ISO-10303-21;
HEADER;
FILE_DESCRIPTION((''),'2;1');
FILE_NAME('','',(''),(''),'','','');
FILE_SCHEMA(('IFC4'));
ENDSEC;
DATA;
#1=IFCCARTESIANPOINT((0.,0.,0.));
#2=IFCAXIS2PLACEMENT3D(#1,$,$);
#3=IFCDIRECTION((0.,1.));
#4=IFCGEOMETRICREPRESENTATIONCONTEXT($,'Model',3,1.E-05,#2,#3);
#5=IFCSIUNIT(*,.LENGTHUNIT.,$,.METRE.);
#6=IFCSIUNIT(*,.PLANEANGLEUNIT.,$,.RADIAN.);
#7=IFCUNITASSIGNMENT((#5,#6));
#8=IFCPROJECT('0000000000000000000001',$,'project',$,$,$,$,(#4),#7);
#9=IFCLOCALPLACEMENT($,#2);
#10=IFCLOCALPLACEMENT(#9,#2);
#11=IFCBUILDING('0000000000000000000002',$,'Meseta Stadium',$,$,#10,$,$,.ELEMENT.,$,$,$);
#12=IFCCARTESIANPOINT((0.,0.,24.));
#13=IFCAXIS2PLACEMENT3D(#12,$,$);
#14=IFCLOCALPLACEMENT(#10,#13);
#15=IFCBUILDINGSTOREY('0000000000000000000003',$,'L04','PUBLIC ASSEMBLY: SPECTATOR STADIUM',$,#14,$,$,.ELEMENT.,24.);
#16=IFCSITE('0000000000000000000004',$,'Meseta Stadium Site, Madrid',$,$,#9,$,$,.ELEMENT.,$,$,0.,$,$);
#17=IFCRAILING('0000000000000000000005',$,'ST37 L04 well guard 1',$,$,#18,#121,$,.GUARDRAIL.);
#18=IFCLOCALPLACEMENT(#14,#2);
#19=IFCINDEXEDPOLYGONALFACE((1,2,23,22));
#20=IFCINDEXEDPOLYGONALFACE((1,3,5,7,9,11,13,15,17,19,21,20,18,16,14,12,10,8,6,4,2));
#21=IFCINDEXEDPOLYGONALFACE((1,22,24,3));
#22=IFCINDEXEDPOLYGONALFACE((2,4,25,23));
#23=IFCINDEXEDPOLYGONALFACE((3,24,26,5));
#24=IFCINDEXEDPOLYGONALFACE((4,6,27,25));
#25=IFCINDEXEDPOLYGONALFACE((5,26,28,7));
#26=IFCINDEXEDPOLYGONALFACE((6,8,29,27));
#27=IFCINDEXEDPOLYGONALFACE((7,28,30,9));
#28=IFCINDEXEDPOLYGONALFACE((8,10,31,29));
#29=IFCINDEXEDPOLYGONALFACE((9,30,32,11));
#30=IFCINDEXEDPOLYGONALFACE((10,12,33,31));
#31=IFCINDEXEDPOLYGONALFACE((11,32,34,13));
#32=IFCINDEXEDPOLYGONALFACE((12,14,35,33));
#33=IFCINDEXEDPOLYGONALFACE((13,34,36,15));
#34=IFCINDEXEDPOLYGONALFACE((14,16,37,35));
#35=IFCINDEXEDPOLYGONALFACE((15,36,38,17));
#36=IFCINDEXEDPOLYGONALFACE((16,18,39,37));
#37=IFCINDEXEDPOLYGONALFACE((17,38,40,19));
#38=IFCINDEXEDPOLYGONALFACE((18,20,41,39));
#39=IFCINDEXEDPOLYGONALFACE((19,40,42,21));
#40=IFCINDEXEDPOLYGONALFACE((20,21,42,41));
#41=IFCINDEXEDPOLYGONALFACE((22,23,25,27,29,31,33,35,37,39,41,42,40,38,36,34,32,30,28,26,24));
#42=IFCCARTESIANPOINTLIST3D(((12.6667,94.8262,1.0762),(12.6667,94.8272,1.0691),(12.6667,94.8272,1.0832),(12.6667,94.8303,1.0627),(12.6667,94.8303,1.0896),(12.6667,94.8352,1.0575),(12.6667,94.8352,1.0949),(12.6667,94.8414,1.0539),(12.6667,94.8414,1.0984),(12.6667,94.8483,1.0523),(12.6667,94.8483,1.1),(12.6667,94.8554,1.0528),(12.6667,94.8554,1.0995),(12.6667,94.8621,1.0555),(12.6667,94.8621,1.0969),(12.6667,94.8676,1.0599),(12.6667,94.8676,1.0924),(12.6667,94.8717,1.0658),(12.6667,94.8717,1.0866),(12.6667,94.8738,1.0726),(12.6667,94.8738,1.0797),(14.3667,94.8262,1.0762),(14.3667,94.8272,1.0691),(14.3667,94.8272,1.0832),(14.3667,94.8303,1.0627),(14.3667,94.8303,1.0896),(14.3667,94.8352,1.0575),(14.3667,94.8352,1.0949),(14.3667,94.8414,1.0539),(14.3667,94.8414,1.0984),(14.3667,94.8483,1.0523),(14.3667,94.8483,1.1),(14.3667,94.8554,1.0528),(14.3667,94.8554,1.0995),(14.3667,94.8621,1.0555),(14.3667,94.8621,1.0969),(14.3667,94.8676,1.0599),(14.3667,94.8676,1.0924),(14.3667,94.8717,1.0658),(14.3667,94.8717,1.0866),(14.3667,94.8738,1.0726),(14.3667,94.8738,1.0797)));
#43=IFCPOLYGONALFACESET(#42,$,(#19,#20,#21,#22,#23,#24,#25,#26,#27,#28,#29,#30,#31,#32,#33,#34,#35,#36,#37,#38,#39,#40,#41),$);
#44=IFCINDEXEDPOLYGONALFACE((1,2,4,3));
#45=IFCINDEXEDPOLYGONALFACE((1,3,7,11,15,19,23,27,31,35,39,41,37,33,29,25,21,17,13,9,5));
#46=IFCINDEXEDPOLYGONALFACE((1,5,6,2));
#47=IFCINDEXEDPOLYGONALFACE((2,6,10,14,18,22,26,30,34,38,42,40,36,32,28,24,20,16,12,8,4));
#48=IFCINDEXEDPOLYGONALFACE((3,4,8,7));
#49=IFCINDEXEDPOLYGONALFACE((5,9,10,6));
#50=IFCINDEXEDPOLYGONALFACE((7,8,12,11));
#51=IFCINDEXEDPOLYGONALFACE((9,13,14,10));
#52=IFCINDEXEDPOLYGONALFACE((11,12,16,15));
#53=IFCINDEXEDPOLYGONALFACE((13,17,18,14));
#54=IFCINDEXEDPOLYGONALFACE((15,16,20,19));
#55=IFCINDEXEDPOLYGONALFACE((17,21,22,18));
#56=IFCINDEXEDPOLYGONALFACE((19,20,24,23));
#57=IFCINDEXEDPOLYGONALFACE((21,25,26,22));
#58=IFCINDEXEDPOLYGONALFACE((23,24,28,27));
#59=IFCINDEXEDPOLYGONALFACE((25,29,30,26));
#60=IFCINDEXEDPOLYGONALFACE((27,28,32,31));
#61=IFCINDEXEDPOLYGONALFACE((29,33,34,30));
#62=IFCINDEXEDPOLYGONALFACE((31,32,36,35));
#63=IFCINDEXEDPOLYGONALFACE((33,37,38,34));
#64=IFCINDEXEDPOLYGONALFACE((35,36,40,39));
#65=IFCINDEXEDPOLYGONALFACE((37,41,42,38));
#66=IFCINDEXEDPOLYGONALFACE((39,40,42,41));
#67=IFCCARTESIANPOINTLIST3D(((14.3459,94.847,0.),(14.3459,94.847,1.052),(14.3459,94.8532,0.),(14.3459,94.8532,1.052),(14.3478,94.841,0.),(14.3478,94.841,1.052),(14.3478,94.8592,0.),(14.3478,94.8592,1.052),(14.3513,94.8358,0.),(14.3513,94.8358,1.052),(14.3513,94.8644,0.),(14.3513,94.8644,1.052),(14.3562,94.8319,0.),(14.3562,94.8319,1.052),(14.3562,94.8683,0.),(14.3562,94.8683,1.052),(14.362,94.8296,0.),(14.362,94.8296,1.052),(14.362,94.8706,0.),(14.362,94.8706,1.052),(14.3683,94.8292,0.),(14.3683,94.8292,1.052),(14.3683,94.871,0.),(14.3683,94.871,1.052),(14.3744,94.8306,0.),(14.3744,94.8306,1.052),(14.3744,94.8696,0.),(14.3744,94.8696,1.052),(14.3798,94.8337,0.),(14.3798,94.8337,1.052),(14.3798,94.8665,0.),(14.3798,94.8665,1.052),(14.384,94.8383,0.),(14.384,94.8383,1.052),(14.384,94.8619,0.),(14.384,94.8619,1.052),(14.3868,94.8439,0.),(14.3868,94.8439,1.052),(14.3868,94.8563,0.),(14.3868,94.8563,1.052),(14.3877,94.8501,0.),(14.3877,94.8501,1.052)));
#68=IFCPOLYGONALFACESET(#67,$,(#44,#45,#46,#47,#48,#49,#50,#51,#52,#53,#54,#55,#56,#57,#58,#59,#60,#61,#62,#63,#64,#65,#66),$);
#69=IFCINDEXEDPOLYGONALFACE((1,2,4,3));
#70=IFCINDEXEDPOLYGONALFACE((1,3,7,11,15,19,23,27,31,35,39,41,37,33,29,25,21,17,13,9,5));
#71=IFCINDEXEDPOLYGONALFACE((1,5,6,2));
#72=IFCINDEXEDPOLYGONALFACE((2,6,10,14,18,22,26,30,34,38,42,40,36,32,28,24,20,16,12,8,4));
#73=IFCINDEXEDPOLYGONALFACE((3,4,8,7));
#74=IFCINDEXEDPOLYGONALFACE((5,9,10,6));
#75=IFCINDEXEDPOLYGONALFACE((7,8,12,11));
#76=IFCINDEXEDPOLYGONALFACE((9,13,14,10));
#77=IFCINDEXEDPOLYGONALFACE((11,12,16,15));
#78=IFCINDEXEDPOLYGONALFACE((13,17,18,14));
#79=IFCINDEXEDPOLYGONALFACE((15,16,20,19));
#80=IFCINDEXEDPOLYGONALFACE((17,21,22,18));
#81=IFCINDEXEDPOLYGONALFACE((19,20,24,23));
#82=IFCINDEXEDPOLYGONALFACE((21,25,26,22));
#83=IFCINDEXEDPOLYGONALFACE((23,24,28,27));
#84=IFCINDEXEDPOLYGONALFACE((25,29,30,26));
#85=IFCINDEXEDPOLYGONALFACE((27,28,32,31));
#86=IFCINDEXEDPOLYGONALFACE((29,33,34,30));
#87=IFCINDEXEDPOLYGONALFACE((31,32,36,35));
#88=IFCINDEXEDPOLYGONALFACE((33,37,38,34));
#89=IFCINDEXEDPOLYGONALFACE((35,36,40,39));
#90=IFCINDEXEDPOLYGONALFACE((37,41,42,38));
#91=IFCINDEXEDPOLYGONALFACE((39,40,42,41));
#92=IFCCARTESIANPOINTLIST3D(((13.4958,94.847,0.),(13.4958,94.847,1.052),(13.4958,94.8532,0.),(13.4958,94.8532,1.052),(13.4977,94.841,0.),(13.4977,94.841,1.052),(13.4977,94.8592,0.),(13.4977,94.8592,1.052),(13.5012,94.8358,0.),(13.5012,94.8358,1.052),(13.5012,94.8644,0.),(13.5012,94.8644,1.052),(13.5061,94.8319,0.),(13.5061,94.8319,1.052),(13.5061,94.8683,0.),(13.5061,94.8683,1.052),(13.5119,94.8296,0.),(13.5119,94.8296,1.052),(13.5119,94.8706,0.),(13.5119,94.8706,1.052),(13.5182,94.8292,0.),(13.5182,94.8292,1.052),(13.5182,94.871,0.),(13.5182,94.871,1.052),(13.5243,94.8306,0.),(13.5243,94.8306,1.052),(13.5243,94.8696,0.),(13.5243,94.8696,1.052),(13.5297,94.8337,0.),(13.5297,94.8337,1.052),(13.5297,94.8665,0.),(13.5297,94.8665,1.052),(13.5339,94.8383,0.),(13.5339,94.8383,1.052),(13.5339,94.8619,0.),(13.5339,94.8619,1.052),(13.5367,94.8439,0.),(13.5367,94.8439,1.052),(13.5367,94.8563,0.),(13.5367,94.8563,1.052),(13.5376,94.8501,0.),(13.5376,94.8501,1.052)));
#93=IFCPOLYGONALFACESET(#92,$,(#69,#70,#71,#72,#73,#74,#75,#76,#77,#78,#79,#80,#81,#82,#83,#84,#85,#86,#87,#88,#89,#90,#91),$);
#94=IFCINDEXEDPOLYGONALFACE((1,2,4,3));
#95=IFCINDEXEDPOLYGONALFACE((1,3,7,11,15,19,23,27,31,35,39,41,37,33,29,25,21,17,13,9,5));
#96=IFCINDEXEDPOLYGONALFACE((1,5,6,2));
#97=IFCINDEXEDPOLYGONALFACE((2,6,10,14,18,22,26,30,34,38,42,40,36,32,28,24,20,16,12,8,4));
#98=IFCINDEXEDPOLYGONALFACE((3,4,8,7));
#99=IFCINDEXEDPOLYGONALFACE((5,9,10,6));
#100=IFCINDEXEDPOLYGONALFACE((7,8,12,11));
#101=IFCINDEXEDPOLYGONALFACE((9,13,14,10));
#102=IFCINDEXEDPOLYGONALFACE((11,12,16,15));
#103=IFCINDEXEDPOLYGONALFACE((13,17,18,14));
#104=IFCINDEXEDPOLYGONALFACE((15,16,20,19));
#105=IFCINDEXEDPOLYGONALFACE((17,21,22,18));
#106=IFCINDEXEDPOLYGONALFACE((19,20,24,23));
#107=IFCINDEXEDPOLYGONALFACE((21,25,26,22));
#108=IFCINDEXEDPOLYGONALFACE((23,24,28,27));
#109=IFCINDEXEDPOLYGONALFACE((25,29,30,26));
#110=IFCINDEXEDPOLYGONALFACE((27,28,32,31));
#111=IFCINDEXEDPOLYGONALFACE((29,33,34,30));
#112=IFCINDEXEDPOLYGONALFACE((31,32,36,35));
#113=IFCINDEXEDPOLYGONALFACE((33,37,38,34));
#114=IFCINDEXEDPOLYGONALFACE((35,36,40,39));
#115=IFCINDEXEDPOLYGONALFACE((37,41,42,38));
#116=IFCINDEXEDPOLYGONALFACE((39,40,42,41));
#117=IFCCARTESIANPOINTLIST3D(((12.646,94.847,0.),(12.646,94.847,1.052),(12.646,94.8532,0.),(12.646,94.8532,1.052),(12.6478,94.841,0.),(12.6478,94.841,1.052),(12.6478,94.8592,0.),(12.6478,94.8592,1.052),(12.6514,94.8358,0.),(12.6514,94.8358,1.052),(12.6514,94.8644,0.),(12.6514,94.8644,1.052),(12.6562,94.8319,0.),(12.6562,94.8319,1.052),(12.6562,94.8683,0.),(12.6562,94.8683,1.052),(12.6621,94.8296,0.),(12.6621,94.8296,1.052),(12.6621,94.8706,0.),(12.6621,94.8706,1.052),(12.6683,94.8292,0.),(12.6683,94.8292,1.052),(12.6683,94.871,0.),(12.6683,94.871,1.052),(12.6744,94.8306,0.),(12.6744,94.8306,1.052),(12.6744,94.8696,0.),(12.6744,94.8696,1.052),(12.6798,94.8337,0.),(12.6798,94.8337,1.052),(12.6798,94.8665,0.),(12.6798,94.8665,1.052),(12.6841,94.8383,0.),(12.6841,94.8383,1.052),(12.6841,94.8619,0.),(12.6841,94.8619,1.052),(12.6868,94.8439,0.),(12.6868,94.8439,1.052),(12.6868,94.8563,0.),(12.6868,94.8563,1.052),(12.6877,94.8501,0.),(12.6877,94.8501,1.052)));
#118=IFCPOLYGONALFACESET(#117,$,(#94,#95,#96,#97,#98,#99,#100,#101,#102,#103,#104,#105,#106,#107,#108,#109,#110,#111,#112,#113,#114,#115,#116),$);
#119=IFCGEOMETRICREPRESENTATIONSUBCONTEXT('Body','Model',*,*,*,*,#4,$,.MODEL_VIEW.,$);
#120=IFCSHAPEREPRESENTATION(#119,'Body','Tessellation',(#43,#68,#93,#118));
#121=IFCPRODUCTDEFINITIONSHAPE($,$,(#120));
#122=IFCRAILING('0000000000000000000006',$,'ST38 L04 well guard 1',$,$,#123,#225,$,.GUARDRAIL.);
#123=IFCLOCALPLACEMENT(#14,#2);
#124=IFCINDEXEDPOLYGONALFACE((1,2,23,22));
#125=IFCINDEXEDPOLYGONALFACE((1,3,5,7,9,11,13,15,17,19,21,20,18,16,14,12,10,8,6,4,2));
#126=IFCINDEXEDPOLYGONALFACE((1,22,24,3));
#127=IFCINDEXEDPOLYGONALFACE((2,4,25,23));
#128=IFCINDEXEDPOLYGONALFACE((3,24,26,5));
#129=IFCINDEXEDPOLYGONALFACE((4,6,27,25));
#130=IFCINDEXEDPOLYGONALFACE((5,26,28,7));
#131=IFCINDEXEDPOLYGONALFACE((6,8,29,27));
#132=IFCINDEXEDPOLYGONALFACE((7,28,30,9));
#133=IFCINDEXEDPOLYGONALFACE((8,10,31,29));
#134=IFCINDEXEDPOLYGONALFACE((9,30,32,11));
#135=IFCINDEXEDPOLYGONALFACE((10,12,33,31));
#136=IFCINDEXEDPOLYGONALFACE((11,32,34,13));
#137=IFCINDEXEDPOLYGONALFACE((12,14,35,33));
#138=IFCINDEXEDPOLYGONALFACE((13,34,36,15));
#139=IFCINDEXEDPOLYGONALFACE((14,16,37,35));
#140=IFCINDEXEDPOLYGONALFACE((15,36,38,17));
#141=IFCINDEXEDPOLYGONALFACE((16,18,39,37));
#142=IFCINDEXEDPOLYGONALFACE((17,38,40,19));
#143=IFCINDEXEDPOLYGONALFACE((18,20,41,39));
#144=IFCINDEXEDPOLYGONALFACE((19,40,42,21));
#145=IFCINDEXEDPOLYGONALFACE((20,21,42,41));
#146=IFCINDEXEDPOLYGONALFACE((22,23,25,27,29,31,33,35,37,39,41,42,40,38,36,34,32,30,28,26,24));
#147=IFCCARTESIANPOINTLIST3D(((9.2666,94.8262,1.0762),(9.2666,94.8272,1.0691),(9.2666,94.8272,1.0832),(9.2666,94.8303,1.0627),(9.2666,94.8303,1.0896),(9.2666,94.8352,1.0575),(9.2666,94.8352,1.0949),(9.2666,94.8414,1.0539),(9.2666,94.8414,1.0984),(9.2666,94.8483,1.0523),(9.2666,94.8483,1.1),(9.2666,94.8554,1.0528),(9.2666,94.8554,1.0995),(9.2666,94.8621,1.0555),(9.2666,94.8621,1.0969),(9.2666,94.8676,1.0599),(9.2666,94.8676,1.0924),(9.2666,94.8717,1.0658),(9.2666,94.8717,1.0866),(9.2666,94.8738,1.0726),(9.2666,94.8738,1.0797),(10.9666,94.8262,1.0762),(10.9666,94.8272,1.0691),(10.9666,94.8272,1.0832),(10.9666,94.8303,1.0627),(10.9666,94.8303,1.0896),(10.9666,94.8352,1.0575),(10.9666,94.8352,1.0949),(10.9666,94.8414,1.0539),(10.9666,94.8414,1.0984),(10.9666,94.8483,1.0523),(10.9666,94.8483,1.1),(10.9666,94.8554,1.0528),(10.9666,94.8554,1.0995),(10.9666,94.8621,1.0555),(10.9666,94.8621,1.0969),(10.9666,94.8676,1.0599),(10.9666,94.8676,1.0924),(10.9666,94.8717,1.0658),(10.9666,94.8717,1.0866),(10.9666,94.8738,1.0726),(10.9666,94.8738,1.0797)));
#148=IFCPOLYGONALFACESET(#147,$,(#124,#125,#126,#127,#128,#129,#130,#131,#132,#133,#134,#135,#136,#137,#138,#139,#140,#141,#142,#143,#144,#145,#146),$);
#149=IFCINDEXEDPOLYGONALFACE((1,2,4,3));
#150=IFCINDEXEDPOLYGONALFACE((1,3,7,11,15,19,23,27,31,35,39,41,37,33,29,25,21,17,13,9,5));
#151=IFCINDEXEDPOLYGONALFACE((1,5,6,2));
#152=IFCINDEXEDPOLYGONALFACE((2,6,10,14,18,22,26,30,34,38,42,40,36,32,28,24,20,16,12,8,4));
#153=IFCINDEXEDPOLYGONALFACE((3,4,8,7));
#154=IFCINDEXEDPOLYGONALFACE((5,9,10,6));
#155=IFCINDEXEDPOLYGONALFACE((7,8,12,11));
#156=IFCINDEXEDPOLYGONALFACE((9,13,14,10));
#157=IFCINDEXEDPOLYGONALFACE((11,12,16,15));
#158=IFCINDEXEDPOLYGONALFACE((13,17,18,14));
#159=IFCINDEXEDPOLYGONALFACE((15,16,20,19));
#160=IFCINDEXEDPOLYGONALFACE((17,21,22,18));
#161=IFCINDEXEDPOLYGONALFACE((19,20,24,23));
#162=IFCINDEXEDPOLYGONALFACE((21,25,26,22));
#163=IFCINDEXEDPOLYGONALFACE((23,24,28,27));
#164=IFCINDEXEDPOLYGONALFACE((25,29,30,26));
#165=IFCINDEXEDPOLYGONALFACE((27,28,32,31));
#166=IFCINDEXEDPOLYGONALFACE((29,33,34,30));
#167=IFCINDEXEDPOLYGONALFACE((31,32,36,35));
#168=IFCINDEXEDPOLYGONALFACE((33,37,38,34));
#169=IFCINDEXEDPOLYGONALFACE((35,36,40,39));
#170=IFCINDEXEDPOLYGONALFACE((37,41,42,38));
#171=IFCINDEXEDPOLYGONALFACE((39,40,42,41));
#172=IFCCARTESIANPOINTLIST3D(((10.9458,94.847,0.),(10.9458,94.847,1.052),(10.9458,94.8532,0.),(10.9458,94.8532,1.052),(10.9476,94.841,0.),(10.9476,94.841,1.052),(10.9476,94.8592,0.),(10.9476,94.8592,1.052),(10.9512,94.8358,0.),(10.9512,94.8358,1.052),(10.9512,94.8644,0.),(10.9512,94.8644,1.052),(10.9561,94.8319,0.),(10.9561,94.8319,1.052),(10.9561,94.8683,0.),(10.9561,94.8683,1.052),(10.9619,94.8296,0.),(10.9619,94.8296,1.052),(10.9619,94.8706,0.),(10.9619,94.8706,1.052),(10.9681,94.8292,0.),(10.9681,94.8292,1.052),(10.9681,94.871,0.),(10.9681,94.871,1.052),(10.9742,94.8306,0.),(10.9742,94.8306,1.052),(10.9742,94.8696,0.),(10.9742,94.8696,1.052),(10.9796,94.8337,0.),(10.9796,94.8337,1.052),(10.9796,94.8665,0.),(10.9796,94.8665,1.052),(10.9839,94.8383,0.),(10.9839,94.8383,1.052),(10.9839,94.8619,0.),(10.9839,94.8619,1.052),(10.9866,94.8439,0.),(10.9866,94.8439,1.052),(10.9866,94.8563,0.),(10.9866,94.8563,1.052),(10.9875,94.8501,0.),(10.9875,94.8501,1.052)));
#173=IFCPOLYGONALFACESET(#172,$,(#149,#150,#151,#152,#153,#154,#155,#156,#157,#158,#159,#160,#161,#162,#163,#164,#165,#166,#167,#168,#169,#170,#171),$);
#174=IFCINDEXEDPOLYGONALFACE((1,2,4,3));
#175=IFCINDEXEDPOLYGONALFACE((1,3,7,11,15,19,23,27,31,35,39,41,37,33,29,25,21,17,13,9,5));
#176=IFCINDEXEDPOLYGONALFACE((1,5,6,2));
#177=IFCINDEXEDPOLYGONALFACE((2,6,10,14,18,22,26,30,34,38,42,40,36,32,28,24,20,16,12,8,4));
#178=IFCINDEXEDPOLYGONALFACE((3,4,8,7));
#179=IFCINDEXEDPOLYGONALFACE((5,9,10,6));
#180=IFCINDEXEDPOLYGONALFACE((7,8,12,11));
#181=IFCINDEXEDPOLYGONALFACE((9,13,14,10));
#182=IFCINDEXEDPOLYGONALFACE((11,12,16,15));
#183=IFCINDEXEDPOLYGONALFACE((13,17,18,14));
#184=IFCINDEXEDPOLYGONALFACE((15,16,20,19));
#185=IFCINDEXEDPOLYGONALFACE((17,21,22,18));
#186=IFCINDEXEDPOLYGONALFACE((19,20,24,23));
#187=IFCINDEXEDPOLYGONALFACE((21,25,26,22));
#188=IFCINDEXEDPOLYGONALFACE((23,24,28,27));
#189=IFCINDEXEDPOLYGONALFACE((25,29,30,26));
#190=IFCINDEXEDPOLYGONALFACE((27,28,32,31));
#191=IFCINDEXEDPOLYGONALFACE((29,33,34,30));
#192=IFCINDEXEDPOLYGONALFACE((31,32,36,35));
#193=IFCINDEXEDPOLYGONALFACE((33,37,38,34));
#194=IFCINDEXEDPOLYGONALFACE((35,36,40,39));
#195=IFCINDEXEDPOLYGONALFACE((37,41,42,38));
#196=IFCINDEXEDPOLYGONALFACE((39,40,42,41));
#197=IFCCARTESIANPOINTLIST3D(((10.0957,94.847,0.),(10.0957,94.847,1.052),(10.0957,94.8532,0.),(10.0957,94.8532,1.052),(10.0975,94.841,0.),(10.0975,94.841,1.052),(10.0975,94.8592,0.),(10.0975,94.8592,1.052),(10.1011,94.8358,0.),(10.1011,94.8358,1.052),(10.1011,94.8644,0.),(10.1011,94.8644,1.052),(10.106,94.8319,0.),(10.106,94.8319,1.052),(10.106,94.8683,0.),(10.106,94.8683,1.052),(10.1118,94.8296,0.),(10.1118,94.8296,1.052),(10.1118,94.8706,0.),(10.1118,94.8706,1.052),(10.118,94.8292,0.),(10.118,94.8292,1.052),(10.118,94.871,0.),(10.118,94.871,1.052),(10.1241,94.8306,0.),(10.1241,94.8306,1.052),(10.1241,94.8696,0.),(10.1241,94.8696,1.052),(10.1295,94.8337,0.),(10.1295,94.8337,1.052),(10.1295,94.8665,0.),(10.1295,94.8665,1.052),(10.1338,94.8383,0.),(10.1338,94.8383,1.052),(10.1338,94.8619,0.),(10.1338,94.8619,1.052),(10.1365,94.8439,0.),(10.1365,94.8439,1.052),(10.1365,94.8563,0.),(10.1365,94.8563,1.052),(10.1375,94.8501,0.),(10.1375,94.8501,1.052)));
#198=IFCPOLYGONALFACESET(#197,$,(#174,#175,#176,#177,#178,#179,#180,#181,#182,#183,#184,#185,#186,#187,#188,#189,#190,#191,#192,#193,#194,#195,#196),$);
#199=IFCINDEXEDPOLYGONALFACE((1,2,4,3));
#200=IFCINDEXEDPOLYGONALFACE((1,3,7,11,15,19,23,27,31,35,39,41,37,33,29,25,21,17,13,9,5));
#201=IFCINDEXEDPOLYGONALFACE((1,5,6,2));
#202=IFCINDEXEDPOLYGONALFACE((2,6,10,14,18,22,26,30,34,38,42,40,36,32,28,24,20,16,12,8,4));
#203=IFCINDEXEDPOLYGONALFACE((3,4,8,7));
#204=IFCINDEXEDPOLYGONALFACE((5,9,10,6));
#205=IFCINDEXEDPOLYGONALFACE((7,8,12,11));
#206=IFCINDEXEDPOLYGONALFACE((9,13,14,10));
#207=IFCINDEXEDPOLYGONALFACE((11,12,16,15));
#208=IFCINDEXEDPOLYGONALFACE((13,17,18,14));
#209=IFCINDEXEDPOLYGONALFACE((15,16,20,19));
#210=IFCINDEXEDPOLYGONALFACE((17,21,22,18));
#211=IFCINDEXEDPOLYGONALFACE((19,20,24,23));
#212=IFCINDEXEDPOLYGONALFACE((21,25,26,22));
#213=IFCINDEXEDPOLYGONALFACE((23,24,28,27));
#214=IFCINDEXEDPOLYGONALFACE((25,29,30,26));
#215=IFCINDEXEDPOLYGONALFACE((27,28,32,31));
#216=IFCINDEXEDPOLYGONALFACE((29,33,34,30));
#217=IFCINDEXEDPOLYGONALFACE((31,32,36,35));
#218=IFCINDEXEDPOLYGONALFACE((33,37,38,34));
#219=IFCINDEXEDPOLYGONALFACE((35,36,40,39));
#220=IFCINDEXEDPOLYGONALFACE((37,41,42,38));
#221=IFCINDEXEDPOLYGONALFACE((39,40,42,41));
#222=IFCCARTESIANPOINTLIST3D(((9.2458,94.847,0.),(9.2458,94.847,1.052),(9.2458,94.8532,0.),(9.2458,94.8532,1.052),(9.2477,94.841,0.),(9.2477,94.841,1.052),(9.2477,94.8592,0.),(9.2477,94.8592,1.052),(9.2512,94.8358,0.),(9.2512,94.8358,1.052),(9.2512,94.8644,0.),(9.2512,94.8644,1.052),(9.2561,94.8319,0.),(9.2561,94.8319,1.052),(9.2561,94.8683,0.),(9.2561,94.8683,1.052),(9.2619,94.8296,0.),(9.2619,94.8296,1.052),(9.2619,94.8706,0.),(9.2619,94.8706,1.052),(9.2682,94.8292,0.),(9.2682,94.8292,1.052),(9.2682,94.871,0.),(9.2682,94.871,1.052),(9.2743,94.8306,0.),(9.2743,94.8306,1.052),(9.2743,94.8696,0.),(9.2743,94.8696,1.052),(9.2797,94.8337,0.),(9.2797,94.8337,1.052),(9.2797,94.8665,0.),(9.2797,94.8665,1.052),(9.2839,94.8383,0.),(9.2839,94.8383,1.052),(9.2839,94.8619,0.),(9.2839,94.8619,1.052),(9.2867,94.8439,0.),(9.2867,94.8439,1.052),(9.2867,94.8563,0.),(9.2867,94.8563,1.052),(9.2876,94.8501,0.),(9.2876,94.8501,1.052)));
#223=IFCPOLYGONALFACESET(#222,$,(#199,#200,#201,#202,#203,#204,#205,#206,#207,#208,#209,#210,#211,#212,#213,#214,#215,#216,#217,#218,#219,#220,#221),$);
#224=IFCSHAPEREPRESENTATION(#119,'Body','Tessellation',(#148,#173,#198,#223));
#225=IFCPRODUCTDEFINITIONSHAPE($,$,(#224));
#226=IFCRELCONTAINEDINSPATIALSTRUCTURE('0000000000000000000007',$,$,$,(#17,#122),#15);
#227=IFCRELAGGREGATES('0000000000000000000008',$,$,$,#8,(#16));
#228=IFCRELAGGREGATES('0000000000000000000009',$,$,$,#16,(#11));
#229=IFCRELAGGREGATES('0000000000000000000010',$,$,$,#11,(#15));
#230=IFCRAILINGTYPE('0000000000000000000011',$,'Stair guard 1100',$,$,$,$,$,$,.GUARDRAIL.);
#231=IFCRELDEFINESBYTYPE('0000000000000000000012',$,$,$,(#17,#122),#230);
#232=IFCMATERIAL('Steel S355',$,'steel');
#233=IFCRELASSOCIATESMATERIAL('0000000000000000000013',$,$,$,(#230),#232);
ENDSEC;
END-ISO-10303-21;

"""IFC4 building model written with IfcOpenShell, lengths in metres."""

from ifc_helpers import new_model, si_unit, direction, frame, origin, origin_2d, place, context, subcontext, project, spatial, circle, extrude, material, type_object, element, save


model = new_model("IFC4")

# Units and contexts
model_context = context("Model", 3, precision=1e-05, world=origin(), true_north=direction((0.0, 1.0)))
body_context = subcontext(model_context, "Body", "Model", "MODEL_VIEW")
ifc_project = project(units=[si_unit("LENGTHUNIT", "METRE"), si_unit("PLANEANGLEUNIT", "RADIAN")], contexts=[model_context])

# Site, building, storey
site_placement = place(None, origin())
site = spatial("IfcSite", under=ifc_project, at=site_placement, Name="Meseta Stadium Site, Madrid", CompositionType="ELEMENT", RefElevation=0.0)
building_placement = place(site_placement, origin())
building = spatial("IfcBuilding", under=site, at=building_placement, Name="Meseta Stadium", CompositionType="ELEMENT")
storey_placement = place(building_placement, frame((0.0, 0.0, 24.0)))
storey = spatial("IfcBuildingStorey", under=building, at=storey_placement, Name="L04", Description="PUBLIC ASSEMBLY: SPECTATOR STADIUM", CompositionType="ELEMENT", Elevation=24.0)

# Railings
ifc_material_1 = material(Name="Steel S355", Category="steel")
railing_type = type_object("IfcRailingType", Name="Stair guard 1100", PredefinedType="GUARDRAIL", material=ifc_material_1)
for number, where, name in (
    (1, (14.3667, 94.8501, 0.0), "ST37 L04 well guard 1"),
    (2, (10.9666, 94.8501, 0.0), "ST38 L04 well guard 1"),
):
    element("IfcRailing", number, at=place(storey_placement, frame(where)), inside=storey, type_object=railing_type, Name=name, PredefinedType="GUARDRAIL", context=body_context, shape_type="SweptSolid", body=[
        extrude(circle(Radius=0.0239, at=origin_2d()), frame((0.0, 0.0, 1.0762), z_axis=(-1.0, 0.0, 0.0), x_axis=(0.0, -1.0, 0.0)), (0.0, 0.0, 1.0), 1.7),
        extrude(circle(Radius=0.021, at=origin_2d()), origin(), (0.0, 0.0, 1.0), 1.052),
        extrude(circle(Radius=0.021, at=origin_2d()), frame((-0.8501, 0.0, 0.0)), (0.0, 0.0, 1.0), 1.052),
        extrude(circle(Radius=0.021, at=origin_2d()), frame((-1.7, 0.0, 0.0)), (0.0, 0.0, 1.0), 1.052),
    ])

save(model, "model.ifc")
